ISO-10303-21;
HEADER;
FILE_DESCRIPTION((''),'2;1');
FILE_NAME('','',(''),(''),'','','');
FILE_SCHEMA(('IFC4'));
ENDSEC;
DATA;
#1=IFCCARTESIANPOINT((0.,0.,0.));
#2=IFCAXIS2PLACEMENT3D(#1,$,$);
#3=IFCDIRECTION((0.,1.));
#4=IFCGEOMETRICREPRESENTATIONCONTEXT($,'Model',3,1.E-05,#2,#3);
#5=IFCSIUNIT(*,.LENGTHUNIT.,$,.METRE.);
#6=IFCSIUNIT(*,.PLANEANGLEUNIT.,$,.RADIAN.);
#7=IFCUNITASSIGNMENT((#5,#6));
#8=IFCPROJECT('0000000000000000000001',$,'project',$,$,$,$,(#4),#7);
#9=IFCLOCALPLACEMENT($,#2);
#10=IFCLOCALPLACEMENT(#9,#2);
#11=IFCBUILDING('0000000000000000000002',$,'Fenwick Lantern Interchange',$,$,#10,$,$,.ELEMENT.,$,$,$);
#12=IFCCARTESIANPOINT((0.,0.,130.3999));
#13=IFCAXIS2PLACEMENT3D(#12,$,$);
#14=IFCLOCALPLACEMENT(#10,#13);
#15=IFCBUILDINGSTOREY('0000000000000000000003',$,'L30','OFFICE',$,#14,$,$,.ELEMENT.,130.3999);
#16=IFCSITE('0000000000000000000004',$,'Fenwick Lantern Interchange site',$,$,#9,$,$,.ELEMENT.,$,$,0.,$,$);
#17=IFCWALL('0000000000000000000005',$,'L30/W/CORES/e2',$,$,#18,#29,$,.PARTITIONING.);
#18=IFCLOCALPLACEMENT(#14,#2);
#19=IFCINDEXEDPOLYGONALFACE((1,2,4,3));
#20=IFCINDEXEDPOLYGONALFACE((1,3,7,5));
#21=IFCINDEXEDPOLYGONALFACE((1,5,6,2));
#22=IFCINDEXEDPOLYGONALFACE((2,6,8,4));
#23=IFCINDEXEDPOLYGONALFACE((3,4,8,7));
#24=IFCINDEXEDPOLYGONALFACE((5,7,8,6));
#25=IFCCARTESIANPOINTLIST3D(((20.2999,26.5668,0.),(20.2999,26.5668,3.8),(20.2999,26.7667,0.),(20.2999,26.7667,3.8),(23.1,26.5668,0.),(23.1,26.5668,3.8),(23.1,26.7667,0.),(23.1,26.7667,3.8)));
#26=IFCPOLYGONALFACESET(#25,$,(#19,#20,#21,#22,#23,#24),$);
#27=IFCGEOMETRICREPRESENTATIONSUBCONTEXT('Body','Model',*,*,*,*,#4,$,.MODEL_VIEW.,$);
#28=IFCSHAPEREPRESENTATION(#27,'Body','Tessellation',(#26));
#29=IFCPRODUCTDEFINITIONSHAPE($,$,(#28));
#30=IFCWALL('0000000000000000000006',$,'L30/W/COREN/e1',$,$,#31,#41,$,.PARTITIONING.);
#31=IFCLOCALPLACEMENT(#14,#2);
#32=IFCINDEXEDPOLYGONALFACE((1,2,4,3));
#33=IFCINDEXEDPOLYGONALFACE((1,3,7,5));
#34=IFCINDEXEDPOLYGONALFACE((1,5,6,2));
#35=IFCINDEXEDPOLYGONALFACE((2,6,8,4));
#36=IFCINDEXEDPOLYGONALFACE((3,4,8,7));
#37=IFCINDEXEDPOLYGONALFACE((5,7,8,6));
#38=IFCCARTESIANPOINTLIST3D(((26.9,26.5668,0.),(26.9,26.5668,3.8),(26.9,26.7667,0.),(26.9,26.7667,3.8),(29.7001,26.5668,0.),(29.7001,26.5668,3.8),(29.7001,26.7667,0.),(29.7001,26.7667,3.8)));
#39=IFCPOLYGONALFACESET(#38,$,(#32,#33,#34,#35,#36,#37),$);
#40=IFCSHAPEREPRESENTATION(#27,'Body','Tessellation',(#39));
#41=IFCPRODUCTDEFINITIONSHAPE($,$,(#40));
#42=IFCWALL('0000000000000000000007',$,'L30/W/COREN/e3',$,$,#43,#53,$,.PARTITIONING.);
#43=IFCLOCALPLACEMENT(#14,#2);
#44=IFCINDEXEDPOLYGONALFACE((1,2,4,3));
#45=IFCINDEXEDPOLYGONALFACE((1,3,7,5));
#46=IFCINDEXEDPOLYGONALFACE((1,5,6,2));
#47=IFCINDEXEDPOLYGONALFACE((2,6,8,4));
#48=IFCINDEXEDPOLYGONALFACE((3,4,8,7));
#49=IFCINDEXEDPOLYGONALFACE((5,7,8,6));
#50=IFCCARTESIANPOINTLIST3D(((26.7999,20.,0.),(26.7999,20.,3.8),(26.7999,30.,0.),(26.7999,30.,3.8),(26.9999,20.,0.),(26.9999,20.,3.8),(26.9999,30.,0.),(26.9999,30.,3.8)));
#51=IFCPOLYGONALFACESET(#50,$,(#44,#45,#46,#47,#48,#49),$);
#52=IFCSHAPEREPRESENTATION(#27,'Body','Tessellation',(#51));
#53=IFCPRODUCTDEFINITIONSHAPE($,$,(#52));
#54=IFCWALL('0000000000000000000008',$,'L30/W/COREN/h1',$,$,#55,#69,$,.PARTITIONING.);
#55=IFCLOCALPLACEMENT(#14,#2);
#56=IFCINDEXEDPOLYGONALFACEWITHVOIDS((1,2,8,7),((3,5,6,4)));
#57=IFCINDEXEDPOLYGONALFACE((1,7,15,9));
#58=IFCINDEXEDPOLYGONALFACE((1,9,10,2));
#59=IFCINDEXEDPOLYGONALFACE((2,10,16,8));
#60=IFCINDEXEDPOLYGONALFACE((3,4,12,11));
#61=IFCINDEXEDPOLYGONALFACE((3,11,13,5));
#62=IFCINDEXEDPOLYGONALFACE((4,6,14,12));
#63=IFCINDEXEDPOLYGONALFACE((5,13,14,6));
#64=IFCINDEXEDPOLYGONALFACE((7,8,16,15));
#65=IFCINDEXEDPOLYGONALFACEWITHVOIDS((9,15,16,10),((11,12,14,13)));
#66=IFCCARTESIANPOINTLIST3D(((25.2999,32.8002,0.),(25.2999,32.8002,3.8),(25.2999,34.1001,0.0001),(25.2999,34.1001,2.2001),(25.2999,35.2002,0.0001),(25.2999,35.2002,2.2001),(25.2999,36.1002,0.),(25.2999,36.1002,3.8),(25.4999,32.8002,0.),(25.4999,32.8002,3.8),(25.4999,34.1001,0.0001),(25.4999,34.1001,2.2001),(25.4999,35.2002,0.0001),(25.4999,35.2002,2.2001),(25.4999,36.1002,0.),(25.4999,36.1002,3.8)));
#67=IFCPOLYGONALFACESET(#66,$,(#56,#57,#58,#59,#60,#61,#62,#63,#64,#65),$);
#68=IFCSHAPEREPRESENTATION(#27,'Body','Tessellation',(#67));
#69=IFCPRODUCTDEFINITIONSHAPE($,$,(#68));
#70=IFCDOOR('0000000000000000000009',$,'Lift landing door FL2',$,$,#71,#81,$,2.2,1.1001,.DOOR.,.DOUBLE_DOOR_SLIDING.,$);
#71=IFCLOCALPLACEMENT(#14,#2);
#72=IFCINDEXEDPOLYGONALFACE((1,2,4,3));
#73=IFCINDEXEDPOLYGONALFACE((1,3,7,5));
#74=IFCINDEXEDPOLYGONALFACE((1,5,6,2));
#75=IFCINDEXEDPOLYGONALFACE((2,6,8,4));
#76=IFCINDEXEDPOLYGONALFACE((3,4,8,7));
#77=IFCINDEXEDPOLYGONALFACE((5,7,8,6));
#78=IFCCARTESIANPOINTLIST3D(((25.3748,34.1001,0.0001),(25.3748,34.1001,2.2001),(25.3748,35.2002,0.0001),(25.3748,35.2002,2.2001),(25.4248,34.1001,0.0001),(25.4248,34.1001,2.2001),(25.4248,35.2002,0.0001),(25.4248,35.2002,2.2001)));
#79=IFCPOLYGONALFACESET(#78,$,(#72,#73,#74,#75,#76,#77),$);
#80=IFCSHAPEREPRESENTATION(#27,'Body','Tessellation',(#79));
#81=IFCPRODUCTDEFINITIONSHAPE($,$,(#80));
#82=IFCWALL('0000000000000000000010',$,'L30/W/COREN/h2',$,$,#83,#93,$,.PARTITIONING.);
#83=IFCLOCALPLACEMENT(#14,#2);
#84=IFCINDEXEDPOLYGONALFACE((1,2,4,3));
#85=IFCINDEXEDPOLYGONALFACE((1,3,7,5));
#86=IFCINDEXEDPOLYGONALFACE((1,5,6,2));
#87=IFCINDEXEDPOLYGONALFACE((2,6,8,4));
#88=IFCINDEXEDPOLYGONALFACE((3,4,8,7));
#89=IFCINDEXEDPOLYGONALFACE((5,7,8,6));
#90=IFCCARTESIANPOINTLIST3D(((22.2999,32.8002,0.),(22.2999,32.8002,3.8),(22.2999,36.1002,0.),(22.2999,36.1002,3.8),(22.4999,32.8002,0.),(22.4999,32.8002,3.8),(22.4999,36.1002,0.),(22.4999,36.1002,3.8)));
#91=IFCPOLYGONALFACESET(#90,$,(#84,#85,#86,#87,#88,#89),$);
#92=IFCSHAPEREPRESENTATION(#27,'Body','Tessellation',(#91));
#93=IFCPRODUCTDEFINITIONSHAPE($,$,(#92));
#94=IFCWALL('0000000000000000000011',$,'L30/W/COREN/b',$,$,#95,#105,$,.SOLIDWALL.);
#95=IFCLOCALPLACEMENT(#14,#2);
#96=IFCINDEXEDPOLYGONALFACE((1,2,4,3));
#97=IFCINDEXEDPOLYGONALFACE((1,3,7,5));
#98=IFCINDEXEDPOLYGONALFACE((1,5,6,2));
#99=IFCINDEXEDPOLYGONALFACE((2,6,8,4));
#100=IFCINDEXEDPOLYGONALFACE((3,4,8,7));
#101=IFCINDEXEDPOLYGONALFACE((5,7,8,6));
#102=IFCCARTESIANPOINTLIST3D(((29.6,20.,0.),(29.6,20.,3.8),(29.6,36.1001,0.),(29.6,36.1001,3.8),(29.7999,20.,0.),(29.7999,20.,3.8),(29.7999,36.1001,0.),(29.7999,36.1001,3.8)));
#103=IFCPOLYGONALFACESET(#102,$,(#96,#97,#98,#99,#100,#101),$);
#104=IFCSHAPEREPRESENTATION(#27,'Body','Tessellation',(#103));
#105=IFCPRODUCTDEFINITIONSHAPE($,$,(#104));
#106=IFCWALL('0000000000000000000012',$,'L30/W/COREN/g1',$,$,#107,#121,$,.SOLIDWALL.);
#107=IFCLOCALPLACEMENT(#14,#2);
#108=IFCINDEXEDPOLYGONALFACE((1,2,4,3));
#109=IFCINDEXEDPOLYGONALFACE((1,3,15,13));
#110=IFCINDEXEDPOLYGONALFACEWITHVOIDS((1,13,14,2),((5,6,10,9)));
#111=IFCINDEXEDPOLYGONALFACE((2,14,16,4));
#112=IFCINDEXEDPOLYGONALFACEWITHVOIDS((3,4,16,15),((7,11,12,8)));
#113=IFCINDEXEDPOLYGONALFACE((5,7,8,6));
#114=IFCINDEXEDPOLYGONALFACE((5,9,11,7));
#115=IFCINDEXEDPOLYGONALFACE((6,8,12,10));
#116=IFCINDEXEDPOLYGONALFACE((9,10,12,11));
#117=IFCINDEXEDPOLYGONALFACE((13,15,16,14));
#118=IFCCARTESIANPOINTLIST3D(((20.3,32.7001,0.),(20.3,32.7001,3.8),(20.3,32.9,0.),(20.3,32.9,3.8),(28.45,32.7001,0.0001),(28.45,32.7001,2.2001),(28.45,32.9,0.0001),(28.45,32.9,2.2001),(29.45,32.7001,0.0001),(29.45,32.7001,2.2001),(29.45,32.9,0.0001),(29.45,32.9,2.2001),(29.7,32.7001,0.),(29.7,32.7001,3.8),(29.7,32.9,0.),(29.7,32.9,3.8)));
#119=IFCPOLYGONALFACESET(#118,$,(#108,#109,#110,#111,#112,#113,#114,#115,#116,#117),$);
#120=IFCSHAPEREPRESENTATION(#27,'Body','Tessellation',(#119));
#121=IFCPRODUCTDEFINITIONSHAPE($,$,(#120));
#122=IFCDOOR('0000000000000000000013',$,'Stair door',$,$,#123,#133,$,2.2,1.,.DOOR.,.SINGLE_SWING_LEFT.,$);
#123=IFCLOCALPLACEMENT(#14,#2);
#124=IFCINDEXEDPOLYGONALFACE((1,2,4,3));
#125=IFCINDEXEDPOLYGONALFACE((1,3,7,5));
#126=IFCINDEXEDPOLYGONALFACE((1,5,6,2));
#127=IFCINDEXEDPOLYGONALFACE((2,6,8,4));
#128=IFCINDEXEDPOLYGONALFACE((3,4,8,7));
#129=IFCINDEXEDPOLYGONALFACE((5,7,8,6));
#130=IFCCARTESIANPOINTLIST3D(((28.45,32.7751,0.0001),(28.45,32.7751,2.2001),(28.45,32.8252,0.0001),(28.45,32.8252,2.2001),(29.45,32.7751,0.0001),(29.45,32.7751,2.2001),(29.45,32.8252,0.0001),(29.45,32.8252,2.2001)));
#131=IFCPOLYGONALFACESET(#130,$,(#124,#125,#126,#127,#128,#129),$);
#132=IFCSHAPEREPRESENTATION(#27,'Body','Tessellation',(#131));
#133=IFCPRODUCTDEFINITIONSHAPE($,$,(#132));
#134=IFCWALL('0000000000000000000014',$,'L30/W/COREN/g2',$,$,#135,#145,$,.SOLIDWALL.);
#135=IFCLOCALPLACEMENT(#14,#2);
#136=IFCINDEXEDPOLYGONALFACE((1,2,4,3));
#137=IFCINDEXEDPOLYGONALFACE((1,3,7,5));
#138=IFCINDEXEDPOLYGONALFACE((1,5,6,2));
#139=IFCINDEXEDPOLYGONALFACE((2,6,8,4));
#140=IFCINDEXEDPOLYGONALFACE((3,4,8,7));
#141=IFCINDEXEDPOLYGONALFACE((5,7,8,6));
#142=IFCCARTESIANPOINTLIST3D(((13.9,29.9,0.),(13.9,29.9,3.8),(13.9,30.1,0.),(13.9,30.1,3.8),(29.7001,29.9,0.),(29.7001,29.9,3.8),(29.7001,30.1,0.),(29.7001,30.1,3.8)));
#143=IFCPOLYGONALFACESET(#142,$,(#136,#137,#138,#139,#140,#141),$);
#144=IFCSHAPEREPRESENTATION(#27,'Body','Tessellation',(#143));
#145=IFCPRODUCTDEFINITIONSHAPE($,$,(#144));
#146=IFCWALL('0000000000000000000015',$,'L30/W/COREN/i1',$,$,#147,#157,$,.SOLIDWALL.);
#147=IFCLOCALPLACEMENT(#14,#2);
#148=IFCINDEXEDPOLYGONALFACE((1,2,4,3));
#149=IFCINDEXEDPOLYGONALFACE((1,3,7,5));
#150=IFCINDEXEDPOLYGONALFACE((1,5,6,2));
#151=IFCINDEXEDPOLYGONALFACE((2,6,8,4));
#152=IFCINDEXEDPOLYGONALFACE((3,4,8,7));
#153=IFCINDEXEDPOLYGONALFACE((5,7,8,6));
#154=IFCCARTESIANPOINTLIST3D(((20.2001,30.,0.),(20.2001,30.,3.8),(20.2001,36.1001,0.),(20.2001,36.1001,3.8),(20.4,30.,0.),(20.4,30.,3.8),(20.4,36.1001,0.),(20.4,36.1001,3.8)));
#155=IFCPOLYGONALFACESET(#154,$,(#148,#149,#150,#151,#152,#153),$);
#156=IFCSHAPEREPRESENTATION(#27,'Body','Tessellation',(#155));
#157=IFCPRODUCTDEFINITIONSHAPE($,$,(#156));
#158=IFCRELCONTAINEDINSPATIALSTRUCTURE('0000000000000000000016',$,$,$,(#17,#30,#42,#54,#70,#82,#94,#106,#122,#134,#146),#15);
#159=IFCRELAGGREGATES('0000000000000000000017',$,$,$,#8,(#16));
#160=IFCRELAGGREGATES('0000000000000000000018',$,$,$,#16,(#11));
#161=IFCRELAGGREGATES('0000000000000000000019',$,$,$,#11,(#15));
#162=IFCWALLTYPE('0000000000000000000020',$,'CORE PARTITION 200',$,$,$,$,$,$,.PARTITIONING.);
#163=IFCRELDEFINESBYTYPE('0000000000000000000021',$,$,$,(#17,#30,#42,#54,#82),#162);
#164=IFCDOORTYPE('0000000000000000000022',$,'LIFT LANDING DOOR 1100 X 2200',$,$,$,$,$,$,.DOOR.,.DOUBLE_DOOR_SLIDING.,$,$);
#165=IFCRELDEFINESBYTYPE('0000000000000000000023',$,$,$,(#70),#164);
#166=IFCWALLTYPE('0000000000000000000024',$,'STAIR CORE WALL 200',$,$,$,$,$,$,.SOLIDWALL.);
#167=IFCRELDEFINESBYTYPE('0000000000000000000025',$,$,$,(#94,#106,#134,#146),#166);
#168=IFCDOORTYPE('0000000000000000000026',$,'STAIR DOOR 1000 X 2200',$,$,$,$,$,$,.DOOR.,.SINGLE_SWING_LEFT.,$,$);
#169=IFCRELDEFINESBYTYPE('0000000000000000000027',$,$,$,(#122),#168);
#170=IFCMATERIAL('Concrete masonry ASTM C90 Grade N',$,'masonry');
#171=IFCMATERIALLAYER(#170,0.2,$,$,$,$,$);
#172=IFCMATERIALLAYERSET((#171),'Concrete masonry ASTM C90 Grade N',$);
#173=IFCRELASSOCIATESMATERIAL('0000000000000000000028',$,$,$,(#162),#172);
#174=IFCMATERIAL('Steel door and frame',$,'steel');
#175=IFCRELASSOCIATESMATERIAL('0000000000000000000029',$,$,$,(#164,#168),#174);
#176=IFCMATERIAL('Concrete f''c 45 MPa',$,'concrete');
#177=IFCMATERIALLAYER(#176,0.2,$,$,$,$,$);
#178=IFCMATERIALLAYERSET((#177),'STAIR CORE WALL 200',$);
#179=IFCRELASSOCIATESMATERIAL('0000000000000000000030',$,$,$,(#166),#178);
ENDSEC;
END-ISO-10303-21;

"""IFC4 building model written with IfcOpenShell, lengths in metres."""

from ifc_helpers import new_model, si_unit, direction, frame, frame_2d, origin, place, context, subcontext, project, spatial, rectangle, extrude, material, layer, layer_set, type_object, element, fill, save


model = new_model("IFC4")

# Units and contexts
model_context = context("Model", 3, precision=1e-05, world=origin(), true_north=direction((0.0, 1.0)))
body_context = subcontext(model_context, "Body", "Model", "MODEL_VIEW")
ifc_project = project(units=[si_unit("LENGTHUNIT", "METRE"), si_unit("PLANEANGLEUNIT", "RADIAN")], contexts=[model_context])

# Site, building, storey
site_placement = place(None, origin())
site = spatial("IfcSite", under=ifc_project, at=site_placement, Name="Fenwick Lantern Interchange site", CompositionType="ELEMENT", RefElevation=0.0)
building_placement = place(site_placement, origin())
building = spatial("IfcBuilding", under=site, at=building_placement, Name="Fenwick Lantern Interchange", CompositionType="ELEMENT")
storey_placement = place(building_placement, frame((0.0, 0.0, 130.3999)))
storey = spatial("IfcBuildingStorey", under=building, at=storey_placement, Name="L30", Description="OFFICE", CompositionType="ELEMENT", Elevation=130.3999)

# Walls
ifc_material_1 = material(Name="Concrete masonry ASTM C90 Grade N", Category="masonry")
ifc_layer_1 = layer(ifc_material_1, 0.2)
ifc_layer_set_1 = layer_set([ifc_layer_1], Name="Concrete masonry ASTM C90 Grade N")
wall_type_1 = type_object("IfcWallType", Name="CORE PARTITION 200", PredefinedType="PARTITIONING", material=ifc_layer_set_1)
for number, where, z_axis, x_axis, name in (
    (1, (20.3, 26.6667, 0.0), (0.0, 0.0, 1.0), (1.0, 0.0, 0.0), "L30/W/CORES/e2"),
    (2, (29.7, 26.6667, 0.0), (0.0, 0.0, 1.0), (-1.0, 0.0, 0.0), "L30/W/COREN/e1"),
):
    element("IfcWall", number, at=place(storey_placement, frame(where, z_axis=z_axis, x_axis=x_axis)), inside=storey, type_object=wall_type_1, Name=name, PredefinedType="PARTITIONING", context=body_context, shape_type="SweptSolid", body=[
        extrude(rectangle(XDim=2.8, YDim=0.2, at=frame_2d((1.3999, 0.0))), origin(), (0.0, 0.0, 1.0), 3.8),
    ])
wall_1_placement = place(storey_placement, frame((26.8999, 30.0, 0.0), z_axis=(0.0, 0.0, 1.0), x_axis=(0.0, -1.0, 0.0)))
element("IfcWall", 3, at=wall_1_placement, inside=storey, type_object=wall_type_1, Name="L30/W/COREN/e3", PredefinedType="PARTITIONING", context=body_context, shape_type="SweptSolid", body=[
    extrude(rectangle(XDim=10.0, YDim=0.2, at=frame_2d((5.0, 0.0))), origin(), (0.0, 0.0, 1.0), 3.8),
])

# Wall, opening, door
wall_2_placement = place(storey_placement, frame((25.3999, 36.1001, 0.0), z_axis=(0.0, 0.0, 1.0), x_axis=(0.0, -1.0, 0.0)))
wall_2 = element("IfcWall", 4, at=wall_2_placement, inside=storey, type_object=wall_type_1, Name="L30/W/COREN/h1", PredefinedType="PARTITIONING", context=body_context, shape_type="SweptSolid", body=[
    extrude(rectangle(XDim=3.3, YDim=0.2, at=frame_2d((1.6499, 0.0))), origin(), (0.0, 0.0, 1.0), 3.8),
])
opening_1_placement = place(wall_2_placement, frame((0.8999, 0.0, 0.0)))
opening_1 = element("IfcOpeningElement", 5, at=opening_1_placement, cuts=wall_2, PredefinedType="OPENING", context=body_context, shape_type="SweptSolid", body=[
    extrude(rectangle(XDim=1.1001, YDim=2.2, at=frame_2d((0.55, 1.1001))), frame((0.0, 0.1099, 0.0), z_axis=(0.0, -1.0, 0.0), x_axis=(1.0, 0.0, 0.0)), (0.0, 0.0, 1.0), 0.22),
])
ifc_material_2 = material(Name="Steel door and frame", Category="steel")
door_type_1 = type_object("IfcDoorType", Name="LIFT LANDING DOOR 1100 X 2200", OperationType="DOUBLE_DOOR_SLIDING", PredefinedType="DOOR", material=ifc_material_2)
door_1_placement = place(opening_1_placement, origin())
door_1 = element("IfcDoor", 6, at=door_1_placement, inside=storey, type_object=door_type_1, Name="Lift landing door FL2", OperationType="DOUBLE_DOOR_SLIDING", OverallHeight=2.2, OverallWidth=1.1001, PredefinedType="DOOR", context=body_context, shape_type="SweptSolid", body=[
    extrude(rectangle(XDim=1.1001, YDim=2.2, at=frame_2d((0.55, 1.1001))), frame((0.0, 0.0249, 0.0), z_axis=(0.0, -1.0, 0.0), x_axis=(1.0, 0.0, 0.0)), (0.0, 0.0, 1.0), 0.05),
])
fill(opening_1, door_1)

# Walls
wall_3_placement = place(storey_placement, frame((22.3999, 36.1001, 0.0), z_axis=(0.0, 0.0, 1.0), x_axis=(0.0, -1.0, 0.0)))
element("IfcWall", 7, at=wall_3_placement, inside=storey, type_object=wall_type_1, Name="L30/W/COREN/h2", PredefinedType="PARTITIONING", context=body_context, shape_type="SweptSolid", body=[
    extrude(rectangle(XDim=3.3, YDim=0.2, at=frame_2d((1.6499, 0.0))), origin(), (0.0, 0.0, 1.0), 3.8),
])
ifc_material_3 = material(Name="Concrete f'c 45 MPa", Category="concrete")
ifc_layer_2 = layer(ifc_material_3, 0.2)
ifc_layer_set_2 = layer_set([ifc_layer_2], Name="STAIR CORE WALL 200")
wall_type_2 = type_object("IfcWallType", Name="STAIR CORE WALL 200", PredefinedType="SOLIDWALL", material=ifc_layer_set_2)
wall_4_placement = place(storey_placement, frame((29.7, 36.1001, 0.0), z_axis=(0.0, 0.0, 1.0), x_axis=(0.0, -1.0, 0.0)))
element("IfcWall", 8, at=wall_4_placement, inside=storey, type_object=wall_type_2, Name="L30/W/COREN/b", PredefinedType="SOLIDWALL", context=body_context, shape_type="SweptSolid", body=[
    extrude(rectangle(XDim=16.1001, YDim=0.2, at=frame_2d((8.05, 0.0))), origin(), (0.0, 0.0, 1.0), 3.8),
])

# Wall, opening, door
wall_5_placement = place(storey_placement, frame((29.7, 32.8, 0.0), z_axis=(0.0, 0.0, 1.0), x_axis=(-1.0, 0.0, 0.0)))
wall_5 = element("IfcWall", 9, at=wall_5_placement, inside=storey, type_object=wall_type_2, Name="L30/W/COREN/g1", PredefinedType="SOLIDWALL", context=body_context, shape_type="SweptSolid", body=[
    extrude(rectangle(XDim=9.3999, YDim=0.2, at=frame_2d((4.7, 0.0))), origin(), (0.0, 0.0, 1.0), 3.8),
])
opening_2_placement = place(wall_5_placement, frame((0.25, 0.0, 0.0)))
opening_2 = element("IfcOpeningElement", 10, at=opening_2_placement, cuts=wall_5, PredefinedType="OPENING", context=body_context, shape_type="SweptSolid", body=[
    extrude(rectangle(XDim=1.0, YDim=2.2, at=frame_2d((0.5, 1.1001))), frame((0.0, 0.1099, 0.0), z_axis=(0.0, -1.0, 0.0), x_axis=(1.0, 0.0, 0.0)), (0.0, 0.0, 1.0), 0.22),
])
door_type_2 = type_object("IfcDoorType", Name="STAIR DOOR 1000 X 2200", OperationType="SINGLE_SWING_LEFT", PredefinedType="DOOR", material=ifc_material_2)
door_2_placement = place(opening_2_placement, origin())
door_2 = element("IfcDoor", 11, at=door_2_placement, inside=storey, type_object=door_type_2, Name="Stair door", OperationType="SINGLE_SWING_LEFT", OverallHeight=2.2, OverallWidth=1.0, PredefinedType="DOOR", context=body_context, shape_type="SweptSolid", body=[
    extrude(rectangle(XDim=1.0, YDim=2.2, at=frame_2d((0.5, 1.1001))), frame((0.0, 0.0249, 0.0), z_axis=(0.0, -1.0, 0.0), x_axis=(1.0, 0.0, 0.0)), (0.0, 0.0, 1.0), 0.05),
])
fill(opening_2, door_2)

# Walls
wall_6_placement = place(storey_placement, frame((29.7, 30.0, 0.0), z_axis=(0.0, 0.0, 1.0), x_axis=(-1.0, 0.0, 0.0)))
element("IfcWall", 12, at=wall_6_placement, inside=storey, type_object=wall_type_2, Name="L30/W/COREN/g2", PredefinedType="SOLIDWALL", context=body_context, shape_type="SweptSolid", body=[
    extrude(rectangle(XDim=15.8, YDim=0.2, at=frame_2d((7.8999, 0.0))), origin(), (0.0, 0.0, 1.0), 3.8),
])
wall_7_placement = place(storey_placement, frame((20.3, 36.1001, 0.0), z_axis=(0.0, 0.0, 1.0), x_axis=(0.0, -1.0, 0.0)))
element("IfcWall", 13, at=wall_7_placement, inside=storey, type_object=wall_type_2, Name="L30/W/COREN/i1", PredefinedType="SOLIDWALL", context=body_context, shape_type="SweptSolid", body=[
    extrude(rectangle(XDim=6.1001, YDim=0.2, at=frame_2d((3.05, 0.0))), origin(), (0.0, 0.0, 1.0), 3.8),
])

save(model, "model.ifc")
